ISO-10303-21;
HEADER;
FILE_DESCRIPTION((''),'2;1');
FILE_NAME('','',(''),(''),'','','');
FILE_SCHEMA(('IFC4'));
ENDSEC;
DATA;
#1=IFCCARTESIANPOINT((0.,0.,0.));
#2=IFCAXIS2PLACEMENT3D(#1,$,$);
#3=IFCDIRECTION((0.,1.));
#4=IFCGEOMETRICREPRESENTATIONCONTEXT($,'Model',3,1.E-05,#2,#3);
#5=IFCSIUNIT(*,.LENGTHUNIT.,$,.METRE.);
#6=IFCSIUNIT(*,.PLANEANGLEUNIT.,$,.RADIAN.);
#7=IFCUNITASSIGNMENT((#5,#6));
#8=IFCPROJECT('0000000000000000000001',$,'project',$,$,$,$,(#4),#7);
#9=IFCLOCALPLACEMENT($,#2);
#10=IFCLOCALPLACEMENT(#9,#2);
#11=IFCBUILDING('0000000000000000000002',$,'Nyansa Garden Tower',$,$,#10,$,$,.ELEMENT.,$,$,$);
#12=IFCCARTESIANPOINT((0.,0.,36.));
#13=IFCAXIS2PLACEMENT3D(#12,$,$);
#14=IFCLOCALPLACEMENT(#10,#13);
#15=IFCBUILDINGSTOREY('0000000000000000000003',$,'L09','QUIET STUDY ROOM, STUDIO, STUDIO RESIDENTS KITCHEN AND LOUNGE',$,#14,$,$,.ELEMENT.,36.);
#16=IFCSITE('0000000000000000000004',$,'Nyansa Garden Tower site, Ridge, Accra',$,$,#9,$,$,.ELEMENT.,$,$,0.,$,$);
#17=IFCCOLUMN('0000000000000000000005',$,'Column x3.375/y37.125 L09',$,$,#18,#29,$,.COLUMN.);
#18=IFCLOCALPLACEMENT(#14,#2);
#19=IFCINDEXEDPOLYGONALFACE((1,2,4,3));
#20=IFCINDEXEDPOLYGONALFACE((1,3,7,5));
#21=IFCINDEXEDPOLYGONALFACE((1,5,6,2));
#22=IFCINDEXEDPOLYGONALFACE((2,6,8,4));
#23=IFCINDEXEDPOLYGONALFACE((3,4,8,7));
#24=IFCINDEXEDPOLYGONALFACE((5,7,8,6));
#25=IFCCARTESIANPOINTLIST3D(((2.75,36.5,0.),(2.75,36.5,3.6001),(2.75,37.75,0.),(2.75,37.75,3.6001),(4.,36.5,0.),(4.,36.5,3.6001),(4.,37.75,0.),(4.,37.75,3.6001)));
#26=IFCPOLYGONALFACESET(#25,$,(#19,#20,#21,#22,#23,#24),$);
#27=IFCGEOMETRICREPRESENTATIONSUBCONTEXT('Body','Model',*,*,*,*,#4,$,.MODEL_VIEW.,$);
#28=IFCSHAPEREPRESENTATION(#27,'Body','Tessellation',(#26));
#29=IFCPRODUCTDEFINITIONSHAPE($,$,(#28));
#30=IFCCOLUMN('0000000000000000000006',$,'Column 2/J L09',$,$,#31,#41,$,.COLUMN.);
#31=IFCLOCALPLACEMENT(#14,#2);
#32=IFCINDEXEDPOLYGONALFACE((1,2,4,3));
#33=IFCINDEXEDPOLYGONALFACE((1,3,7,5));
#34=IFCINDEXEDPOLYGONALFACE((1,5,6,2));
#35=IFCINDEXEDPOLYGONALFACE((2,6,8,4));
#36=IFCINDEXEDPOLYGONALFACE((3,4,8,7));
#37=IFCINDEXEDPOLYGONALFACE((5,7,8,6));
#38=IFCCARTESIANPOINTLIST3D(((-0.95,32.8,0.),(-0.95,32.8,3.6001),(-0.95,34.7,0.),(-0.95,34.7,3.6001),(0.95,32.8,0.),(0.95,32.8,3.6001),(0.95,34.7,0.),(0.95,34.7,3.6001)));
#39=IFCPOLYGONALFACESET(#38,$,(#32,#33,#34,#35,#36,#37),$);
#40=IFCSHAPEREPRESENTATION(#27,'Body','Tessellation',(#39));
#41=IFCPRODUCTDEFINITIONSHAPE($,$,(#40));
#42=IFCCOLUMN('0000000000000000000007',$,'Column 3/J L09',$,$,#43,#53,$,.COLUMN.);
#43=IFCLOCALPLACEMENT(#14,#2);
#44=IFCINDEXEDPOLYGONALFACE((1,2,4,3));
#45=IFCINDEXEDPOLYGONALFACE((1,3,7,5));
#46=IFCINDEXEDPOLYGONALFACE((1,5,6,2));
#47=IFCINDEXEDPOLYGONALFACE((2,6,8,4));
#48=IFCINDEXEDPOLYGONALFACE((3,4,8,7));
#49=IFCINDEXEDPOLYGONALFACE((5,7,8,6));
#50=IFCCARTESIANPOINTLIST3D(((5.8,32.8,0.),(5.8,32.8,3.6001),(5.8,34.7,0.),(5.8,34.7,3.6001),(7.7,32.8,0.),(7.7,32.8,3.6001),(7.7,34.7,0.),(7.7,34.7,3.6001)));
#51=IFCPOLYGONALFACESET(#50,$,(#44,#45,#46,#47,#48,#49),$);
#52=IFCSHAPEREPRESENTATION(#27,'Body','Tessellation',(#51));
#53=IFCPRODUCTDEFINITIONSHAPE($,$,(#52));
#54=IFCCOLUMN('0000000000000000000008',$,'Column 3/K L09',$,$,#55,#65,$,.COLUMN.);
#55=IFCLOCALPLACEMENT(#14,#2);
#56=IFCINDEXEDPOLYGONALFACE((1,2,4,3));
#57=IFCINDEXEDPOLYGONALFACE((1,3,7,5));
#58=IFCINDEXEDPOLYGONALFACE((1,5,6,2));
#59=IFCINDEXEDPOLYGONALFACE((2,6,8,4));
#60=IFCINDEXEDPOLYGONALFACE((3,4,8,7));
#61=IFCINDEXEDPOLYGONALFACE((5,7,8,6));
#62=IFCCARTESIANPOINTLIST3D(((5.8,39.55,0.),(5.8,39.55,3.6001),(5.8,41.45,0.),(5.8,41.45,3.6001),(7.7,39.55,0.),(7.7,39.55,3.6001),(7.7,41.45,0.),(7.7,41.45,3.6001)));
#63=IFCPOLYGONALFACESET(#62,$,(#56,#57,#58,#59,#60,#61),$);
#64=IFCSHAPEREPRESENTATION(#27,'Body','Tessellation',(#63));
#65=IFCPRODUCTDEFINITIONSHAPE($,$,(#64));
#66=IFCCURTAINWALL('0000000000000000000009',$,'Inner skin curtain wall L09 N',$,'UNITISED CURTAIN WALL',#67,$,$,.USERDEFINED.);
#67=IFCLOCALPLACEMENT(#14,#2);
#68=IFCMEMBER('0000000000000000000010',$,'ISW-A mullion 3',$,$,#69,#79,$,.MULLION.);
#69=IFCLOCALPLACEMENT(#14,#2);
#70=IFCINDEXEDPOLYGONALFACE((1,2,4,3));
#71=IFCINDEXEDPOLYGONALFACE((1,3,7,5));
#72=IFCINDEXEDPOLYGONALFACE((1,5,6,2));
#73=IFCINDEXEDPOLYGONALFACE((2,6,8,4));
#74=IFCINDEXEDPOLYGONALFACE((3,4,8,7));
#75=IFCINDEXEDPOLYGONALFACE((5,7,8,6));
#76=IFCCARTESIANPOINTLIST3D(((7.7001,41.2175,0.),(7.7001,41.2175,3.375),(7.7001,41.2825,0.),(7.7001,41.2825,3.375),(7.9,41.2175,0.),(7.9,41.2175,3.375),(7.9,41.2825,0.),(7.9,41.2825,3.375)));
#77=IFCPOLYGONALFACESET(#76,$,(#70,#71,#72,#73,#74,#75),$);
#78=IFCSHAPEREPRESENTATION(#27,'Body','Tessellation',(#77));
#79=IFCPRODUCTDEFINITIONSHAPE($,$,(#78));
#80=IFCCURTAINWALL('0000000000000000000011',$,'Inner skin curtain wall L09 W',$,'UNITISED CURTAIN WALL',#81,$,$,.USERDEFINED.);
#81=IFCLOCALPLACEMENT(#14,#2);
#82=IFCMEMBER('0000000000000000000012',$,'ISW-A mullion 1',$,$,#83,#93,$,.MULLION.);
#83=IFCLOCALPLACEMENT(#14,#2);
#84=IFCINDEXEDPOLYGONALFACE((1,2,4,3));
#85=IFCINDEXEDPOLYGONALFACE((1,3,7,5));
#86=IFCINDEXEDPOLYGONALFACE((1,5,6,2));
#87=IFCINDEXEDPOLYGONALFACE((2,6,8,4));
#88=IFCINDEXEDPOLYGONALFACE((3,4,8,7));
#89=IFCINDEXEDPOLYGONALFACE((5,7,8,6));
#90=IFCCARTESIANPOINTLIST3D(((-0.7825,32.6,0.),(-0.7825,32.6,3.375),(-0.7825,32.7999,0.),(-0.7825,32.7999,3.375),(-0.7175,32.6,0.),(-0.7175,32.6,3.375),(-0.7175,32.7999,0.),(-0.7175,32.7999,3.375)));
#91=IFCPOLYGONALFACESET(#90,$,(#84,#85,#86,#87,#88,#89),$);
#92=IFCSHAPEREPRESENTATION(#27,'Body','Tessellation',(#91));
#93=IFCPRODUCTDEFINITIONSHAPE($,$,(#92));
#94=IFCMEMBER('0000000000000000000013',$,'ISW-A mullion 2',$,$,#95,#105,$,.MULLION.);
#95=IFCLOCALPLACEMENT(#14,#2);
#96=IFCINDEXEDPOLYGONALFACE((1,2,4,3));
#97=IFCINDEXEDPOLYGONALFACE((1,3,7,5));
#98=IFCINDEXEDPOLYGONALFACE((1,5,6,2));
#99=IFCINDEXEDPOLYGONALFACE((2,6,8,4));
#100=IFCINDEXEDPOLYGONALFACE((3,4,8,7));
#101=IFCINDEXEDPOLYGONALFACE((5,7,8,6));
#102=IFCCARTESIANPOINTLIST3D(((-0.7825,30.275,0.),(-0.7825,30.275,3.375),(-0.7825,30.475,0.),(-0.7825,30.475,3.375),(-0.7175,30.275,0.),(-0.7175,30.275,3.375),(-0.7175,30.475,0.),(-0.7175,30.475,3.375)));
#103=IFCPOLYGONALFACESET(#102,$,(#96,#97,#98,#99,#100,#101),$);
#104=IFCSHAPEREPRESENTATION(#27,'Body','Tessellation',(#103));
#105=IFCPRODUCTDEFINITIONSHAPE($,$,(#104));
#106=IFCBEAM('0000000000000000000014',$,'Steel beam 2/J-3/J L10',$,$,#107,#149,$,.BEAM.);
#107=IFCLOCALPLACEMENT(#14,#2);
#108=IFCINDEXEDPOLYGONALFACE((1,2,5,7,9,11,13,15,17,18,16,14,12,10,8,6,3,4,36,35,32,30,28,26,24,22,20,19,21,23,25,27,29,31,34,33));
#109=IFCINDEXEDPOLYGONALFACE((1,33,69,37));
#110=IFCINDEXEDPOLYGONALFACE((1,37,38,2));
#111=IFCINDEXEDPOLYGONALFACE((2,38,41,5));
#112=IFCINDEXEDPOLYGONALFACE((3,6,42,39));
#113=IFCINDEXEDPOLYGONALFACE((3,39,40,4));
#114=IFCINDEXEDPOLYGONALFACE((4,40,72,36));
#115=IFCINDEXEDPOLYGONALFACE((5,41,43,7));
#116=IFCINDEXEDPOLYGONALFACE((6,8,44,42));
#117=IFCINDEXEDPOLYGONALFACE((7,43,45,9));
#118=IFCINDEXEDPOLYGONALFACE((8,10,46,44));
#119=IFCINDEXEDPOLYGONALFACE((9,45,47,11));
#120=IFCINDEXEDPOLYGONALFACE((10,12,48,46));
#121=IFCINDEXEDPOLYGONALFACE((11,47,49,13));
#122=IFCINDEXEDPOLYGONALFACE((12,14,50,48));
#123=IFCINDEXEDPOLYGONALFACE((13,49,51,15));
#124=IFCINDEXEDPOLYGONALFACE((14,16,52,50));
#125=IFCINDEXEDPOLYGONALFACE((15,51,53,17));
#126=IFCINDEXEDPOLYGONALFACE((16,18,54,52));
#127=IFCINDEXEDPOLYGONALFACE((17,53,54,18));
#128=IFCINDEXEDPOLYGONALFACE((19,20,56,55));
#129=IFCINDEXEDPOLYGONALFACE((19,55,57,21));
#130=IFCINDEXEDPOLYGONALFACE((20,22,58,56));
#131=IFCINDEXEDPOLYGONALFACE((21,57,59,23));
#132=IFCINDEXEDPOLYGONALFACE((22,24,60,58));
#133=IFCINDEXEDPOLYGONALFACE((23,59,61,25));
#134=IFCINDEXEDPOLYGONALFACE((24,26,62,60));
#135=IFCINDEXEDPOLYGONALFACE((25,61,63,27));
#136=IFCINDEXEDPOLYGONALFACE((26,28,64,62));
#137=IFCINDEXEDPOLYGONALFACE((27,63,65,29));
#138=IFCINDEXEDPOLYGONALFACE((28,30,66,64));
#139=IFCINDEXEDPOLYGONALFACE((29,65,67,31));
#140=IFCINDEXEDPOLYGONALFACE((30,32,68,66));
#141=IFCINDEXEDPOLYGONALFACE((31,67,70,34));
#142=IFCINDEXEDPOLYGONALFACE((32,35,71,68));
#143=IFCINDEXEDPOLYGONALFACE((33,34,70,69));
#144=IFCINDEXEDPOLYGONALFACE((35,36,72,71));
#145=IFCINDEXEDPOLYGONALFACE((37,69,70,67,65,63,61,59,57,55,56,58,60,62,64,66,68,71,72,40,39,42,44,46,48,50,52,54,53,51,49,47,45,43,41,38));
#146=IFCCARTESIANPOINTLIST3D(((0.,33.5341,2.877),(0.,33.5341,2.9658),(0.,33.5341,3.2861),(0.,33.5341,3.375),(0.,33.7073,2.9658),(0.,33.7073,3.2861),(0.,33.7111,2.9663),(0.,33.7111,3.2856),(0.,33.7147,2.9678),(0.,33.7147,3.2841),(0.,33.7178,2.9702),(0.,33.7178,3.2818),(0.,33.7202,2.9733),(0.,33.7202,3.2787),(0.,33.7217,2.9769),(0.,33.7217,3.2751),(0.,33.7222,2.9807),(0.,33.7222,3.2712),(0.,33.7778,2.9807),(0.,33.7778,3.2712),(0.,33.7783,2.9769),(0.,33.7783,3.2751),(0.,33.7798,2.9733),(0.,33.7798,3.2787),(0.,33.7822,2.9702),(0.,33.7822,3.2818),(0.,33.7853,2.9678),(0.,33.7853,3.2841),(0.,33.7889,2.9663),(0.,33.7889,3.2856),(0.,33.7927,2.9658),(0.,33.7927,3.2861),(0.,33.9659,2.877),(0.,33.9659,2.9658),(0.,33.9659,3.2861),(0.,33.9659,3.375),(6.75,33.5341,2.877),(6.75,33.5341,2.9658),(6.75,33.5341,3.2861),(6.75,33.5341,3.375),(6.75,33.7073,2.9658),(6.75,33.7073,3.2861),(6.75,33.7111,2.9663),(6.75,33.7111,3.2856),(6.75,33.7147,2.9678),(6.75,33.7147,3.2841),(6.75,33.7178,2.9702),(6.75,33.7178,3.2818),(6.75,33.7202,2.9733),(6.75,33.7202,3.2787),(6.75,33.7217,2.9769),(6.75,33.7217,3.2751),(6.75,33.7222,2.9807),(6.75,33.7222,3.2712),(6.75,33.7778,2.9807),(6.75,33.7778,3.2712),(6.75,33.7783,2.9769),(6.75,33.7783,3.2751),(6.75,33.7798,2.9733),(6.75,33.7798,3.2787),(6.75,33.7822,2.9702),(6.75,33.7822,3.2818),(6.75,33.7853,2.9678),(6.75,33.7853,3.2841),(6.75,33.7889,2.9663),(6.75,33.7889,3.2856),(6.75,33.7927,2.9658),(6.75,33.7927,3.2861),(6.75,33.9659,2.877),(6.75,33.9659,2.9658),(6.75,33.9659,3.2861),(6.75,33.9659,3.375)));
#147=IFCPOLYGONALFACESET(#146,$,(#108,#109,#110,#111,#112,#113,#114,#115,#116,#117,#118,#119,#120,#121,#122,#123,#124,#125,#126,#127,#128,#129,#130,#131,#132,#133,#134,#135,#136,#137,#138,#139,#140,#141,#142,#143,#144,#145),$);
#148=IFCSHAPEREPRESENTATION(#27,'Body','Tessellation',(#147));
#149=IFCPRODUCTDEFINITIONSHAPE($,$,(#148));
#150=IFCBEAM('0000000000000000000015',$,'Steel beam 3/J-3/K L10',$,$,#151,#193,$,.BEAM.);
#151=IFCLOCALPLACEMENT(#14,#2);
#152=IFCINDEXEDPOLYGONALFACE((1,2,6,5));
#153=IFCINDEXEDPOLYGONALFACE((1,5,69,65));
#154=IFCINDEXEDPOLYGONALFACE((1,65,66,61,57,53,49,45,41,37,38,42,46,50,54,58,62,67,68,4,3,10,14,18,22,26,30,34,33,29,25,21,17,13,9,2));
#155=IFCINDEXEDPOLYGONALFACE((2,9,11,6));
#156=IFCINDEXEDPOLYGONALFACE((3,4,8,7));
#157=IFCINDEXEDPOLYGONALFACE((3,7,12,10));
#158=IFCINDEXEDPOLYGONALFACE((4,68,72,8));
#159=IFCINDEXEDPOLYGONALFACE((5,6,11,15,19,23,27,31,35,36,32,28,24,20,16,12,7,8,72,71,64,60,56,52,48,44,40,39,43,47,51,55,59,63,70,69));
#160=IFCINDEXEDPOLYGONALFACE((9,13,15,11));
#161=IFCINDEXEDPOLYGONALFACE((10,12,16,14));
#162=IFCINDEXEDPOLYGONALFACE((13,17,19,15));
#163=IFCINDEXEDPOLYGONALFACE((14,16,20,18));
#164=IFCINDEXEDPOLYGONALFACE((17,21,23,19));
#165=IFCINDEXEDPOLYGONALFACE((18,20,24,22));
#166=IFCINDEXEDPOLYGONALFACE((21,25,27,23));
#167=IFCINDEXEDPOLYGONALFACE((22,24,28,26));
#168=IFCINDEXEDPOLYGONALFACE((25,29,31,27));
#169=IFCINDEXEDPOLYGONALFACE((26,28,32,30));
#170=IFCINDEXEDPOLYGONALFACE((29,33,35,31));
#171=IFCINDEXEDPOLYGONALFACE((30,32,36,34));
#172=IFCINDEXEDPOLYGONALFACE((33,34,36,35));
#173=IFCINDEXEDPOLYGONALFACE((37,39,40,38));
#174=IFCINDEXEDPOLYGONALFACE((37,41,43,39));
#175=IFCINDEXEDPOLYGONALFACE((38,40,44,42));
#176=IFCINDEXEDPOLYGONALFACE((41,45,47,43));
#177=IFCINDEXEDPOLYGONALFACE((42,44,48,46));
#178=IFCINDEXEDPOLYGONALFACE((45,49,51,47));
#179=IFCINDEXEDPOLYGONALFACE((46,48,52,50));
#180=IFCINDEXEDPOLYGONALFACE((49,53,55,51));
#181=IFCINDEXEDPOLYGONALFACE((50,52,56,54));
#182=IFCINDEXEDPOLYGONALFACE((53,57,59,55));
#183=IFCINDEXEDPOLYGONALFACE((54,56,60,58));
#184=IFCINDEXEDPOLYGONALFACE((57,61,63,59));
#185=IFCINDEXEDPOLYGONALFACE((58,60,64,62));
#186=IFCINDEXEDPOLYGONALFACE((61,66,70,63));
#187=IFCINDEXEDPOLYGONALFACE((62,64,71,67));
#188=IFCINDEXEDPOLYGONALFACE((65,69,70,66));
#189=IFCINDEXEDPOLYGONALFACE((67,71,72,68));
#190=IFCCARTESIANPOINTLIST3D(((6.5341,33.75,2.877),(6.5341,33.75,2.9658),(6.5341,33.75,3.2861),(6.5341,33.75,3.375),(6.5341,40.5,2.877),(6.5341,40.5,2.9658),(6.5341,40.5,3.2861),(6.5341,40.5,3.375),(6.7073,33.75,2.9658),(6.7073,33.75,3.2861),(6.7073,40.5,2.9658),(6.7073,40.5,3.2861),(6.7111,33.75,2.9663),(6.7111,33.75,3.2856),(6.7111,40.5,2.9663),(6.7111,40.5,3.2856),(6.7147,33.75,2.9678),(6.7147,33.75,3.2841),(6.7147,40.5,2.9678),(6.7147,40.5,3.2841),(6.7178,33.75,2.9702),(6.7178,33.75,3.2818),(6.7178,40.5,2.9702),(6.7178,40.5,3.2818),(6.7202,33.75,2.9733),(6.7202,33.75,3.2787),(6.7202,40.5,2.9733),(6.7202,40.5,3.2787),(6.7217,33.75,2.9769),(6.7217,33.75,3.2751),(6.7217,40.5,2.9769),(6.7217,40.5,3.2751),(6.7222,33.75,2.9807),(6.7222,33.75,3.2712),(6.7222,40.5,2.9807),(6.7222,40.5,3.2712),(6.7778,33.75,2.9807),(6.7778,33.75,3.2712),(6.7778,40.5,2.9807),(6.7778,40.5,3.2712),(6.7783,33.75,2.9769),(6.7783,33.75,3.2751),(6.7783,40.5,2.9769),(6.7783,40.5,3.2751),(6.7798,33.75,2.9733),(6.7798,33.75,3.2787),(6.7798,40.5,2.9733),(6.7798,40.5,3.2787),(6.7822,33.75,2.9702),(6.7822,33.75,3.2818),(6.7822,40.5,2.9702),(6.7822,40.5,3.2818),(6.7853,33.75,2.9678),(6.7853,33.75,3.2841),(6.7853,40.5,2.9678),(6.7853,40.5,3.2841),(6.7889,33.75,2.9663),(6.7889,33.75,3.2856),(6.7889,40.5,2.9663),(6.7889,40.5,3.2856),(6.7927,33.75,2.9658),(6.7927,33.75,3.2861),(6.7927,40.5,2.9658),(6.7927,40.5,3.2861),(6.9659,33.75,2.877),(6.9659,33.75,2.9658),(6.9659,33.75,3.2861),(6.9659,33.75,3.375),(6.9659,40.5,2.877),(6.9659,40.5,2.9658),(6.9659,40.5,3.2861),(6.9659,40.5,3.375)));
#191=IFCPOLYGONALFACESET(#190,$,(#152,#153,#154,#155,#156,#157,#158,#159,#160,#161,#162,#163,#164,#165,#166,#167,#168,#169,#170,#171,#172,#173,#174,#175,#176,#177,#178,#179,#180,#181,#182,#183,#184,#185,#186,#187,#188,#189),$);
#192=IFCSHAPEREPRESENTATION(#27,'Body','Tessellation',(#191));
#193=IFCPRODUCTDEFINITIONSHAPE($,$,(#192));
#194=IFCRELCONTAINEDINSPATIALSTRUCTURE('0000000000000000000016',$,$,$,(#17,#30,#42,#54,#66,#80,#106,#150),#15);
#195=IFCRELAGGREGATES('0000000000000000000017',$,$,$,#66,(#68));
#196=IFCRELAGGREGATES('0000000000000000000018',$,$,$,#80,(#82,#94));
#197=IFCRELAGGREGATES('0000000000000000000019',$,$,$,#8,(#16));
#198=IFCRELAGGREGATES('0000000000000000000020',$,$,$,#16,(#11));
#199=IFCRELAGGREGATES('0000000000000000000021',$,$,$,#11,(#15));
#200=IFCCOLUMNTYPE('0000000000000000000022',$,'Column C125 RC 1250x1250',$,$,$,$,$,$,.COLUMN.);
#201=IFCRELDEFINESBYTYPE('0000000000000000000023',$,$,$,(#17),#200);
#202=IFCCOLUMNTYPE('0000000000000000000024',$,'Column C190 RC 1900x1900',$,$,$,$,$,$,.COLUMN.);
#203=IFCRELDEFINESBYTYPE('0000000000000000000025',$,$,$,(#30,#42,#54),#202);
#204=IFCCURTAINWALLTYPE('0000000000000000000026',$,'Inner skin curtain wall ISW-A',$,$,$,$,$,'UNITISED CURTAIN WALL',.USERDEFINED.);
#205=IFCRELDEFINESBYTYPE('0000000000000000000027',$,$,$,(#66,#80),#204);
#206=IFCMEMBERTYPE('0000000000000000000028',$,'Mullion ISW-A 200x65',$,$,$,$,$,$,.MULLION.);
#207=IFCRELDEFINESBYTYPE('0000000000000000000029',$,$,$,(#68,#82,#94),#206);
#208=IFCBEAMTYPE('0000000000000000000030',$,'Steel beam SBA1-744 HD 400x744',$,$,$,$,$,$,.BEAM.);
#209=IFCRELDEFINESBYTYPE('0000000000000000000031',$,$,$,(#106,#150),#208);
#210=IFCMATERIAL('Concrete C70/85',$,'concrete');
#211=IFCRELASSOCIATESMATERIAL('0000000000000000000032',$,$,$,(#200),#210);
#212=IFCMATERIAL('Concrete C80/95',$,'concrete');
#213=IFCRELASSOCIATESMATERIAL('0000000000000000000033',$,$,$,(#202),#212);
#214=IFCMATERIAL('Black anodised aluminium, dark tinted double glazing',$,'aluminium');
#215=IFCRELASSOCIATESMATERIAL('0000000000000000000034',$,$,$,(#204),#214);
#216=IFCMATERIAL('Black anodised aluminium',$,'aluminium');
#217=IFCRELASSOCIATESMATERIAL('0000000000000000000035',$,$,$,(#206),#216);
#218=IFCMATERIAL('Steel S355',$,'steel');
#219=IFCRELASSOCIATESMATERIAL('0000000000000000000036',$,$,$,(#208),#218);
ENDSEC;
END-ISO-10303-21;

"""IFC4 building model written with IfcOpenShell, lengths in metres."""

from ifc_helpers import new_model, si_unit, direction, frame, origin, origin_2d, place, context, subcontext, project, spatial, rectangle, i_section, extrude, material, material_profile, profile_set, type_object, element, aggregate, save


model = new_model("IFC4")

# Units and contexts
model_context = context("Model", 3, precision=1e-05, world=origin(), true_north=direction((0.0, 1.0)))
body_context = subcontext(model_context, "Body", "Model", "MODEL_VIEW")
ifc_project = project(units=[si_unit("LENGTHUNIT", "METRE"), si_unit("PLANEANGLEUNIT", "RADIAN")], contexts=[model_context])

# Site, building, storey
site_placement = place(None, origin())
site = spatial("IfcSite", under=ifc_project, at=site_placement, Name="Nyansa Garden Tower site, Ridge, Accra", CompositionType="ELEMENT", RefElevation=0.0)
building_placement = place(site_placement, origin())
building = spatial("IfcBuilding", under=site, at=building_placement, Name="Nyansa Garden Tower", CompositionType="ELEMENT")
storey_placement = place(building_placement, frame((0.0, 0.0, 36.0)))
storey = spatial("IfcBuildingStorey", under=building, at=storey_placement, Name="L09", Description="QUIET STUDY ROOM, STUDIO, STUDIO RESIDENTS KITCHEN AND LOUNGE", CompositionType="ELEMENT", Elevation=36.0)

# Columns
ifc_material_1 = material(Name="Concrete C70/85", Category="concrete")
ifc_material_profile_1 = material_profile(ifc_material_1, rectangle(XDim=1.25, YDim=1.25, at=origin_2d()), Name="RC 1250x1250")
ifc_profile_set_1 = profile_set([ifc_material_profile_1], Name="Concrete C70/85")
column_type_1 = type_object("IfcColumnType", Name="Column C125 RC 1250x1250", PredefinedType="COLUMN", material=ifc_profile_set_1)
column_placement = place(storey_placement, frame((3.375, 37.125, 0.0), z_axis=(0.0, 0.0, 1.0), x_axis=(1.0, 0.0, 0.0)))
element("IfcColumn", 1, at=column_placement, inside=storey, type_object=column_type_1, Name="Column x3.375/y37.125 L09", PredefinedType="COLUMN", context=body_context, shape_type="SweptSolid", body=[
    extrude(rectangle(XDim=1.25, YDim=1.25, at=origin_2d()), origin(), (0.0, 0.0, 1.0), 3.6001),
])
ifc_material_2 = material(Name="Concrete C80/95", Category="concrete")
ifc_material_profile_2 = material_profile(ifc_material_2, rectangle(XDim=1.8999, YDim=1.8999, at=origin_2d()), Name="RC 1900x1900")
ifc_profile_set_2 = profile_set([ifc_material_profile_2], Name="Concrete C80/95")
column_type_2 = type_object("IfcColumnType", Name="Column C190 RC 1900x1900", PredefinedType="COLUMN", material=ifc_profile_set_2)
for number, where, z_axis, x_axis, name in (
    (2, (0.0, 33.75, 0.0), (0.0, 0.0, 1.0), (1.0, 0.0, 0.0), "Column 2/J L09"),
    (3, (6.75, 33.75, 0.0), (0.0, 0.0, 1.0), (1.0, 0.0, 0.0), "Column 3/J L09"),
    (4, (6.75, 40.5, 0.0), (0.0, 0.0, 1.0), (1.0, 0.0, 0.0), "Column 3/K L09"),
):
    element("IfcColumn", number, at=place(storey_placement, frame(where, z_axis=z_axis, x_axis=x_axis)), inside=storey, type_object=column_type_2, Name=name, PredefinedType="COLUMN", context=body_context, shape_type="SweptSolid", body=[
        extrude(rectangle(XDim=1.8999, YDim=1.8999, at=origin_2d()), origin(), (0.0, 0.0, 1.0), 3.6001),
    ])

# Curtain wall, member
ifc_material_3 = material(Name="Black anodised aluminium, dark tinted double glazing", Category="aluminium")
curtain_wall_type = type_object("IfcCurtainWallType", Name="Inner skin curtain wall ISW-A", ElementType="UNITISED CURTAIN WALL", PredefinedType="USERDEFINED", material=ifc_material_3)
curtain_wall_1_placement = place(storey_placement, origin())
curtain_wall_1 = element("IfcCurtainWall", 5, at=curtain_wall_1_placement, inside=storey, type_object=curtain_wall_type, Name="Inner skin curtain wall L09 N", ObjectType="UNITISED CURTAIN WALL", PredefinedType="USERDEFINED")
ifc_material_4 = material(Name="Black anodised aluminium", Category="aluminium")
ifc_material_profile_3 = material_profile(ifc_material_4, rectangle(XDim=0.0649, YDim=0.2, at=origin_2d()), Name="Mullion 200x65")
ifc_profile_set_3 = profile_set([ifc_material_profile_3], Name="Black anodised aluminium")
member_type_1 = type_object("IfcMemberType", Name="Mullion ISW-A 200x65", PredefinedType="MULLION", material=ifc_profile_set_3)
member_1_placement = place(storey_placement, frame((7.8, 41.25, 0.0), z_axis=(0.0, 0.0, 1.0), x_axis=(0.0, -1.0, 0.0)))
member_1 = element("IfcMember", 6, at=member_1_placement, type_object=member_type_1, Name="ISW-A mullion 3", PredefinedType="MULLION", context=body_context, shape_type="SweptSolid", body=[
    extrude(rectangle(XDim=0.0649, YDim=0.2, at=origin_2d()), origin(), (0.0, 0.0, 1.0), 3.375),
])

# Curtain wall, members
curtain_wall_2_placement = place(storey_placement, origin())
curtain_wall_2 = element("IfcCurtainWall", 7, at=curtain_wall_2_placement, inside=storey, type_object=curtain_wall_type, Name="Inner skin curtain wall L09 W", ObjectType="UNITISED CURTAIN WALL", PredefinedType="USERDEFINED")
member_2_placement = place(storey_placement, frame((-0.75, 32.7, 0.0), z_axis=(0.0, 0.0, 1.0), x_axis=(1.0, 0.0, 0.0)))
member_2 = element("IfcMember", 8, at=member_2_placement, type_object=member_type_1, Name="ISW-A mullion 1", PredefinedType="MULLION", context=body_context, shape_type="SweptSolid", body=[
    extrude(rectangle(XDim=0.0649, YDim=0.2, at=origin_2d()), origin(), (0.0, 0.0, 1.0), 3.375),
])
member_3_placement = place(storey_placement, frame((-0.75, 30.375, 0.0), z_axis=(0.0, 0.0, 1.0), x_axis=(1.0, 0.0, 0.0)))
member_3 = element("IfcMember", 9, at=member_3_placement, type_object=member_type_1, Name="ISW-A mullion 2", PredefinedType="MULLION", context=body_context, shape_type="SweptSolid", body=[
    extrude(rectangle(XDim=0.0649, YDim=0.2, at=origin_2d()), origin(), (0.0, 0.0, 1.0), 3.375),
])

# Beams
ifc_material_5 = material(Name="Steel S355", Category="steel")
ifc_material_profile_4 = material_profile(ifc_material_5, i_section(OverallWidth=0.4319, OverallDepth=0.498, WebThickness=0.0557, FlangeThickness=0.0889, FilletRadius=0.0149, at=origin_2d()), Name="HD 400x744")
ifc_profile_set_4 = profile_set([ifc_material_profile_4], Name="Steel S355")
beam_type_1 = type_object("IfcBeamType", Name="Steel beam SBA1-744 HD 400x744", PredefinedType="BEAM", material=ifc_profile_set_4)
for number, where, z_axis, x_axis, name in (
    (10, (0.0, 33.75, 3.126), (1.0, 0.0, 0.0), (0.0, 1.0, 0.0), "Steel beam 2/J-3/J L10"),
    (11, (6.75, 33.75, 3.126), (0.0, 1.0, 0.0), (-1.0, 0.0, 0.0), "Steel beam 3/J-3/K L10"),
):
    element("IfcBeam", number, at=place(storey_placement, frame(where, z_axis=z_axis, x_axis=x_axis)), inside=storey, type_object=beam_type_1, Name=name, PredefinedType="BEAM", context=body_context, shape_type="SweptSolid", body=[
        extrude(i_section(OverallWidth=0.4319, OverallDepth=0.498, WebThickness=0.0557, FlangeThickness=0.0889, FilletRadius=0.0149, at=origin_2d()), origin(), (0.0, 0.0, 1.0), 6.75),
    ])

aggregate(curtain_wall_1, [member_1])
aggregate(curtain_wall_2, [member_2, member_3])

save(model, "model.ifc")
